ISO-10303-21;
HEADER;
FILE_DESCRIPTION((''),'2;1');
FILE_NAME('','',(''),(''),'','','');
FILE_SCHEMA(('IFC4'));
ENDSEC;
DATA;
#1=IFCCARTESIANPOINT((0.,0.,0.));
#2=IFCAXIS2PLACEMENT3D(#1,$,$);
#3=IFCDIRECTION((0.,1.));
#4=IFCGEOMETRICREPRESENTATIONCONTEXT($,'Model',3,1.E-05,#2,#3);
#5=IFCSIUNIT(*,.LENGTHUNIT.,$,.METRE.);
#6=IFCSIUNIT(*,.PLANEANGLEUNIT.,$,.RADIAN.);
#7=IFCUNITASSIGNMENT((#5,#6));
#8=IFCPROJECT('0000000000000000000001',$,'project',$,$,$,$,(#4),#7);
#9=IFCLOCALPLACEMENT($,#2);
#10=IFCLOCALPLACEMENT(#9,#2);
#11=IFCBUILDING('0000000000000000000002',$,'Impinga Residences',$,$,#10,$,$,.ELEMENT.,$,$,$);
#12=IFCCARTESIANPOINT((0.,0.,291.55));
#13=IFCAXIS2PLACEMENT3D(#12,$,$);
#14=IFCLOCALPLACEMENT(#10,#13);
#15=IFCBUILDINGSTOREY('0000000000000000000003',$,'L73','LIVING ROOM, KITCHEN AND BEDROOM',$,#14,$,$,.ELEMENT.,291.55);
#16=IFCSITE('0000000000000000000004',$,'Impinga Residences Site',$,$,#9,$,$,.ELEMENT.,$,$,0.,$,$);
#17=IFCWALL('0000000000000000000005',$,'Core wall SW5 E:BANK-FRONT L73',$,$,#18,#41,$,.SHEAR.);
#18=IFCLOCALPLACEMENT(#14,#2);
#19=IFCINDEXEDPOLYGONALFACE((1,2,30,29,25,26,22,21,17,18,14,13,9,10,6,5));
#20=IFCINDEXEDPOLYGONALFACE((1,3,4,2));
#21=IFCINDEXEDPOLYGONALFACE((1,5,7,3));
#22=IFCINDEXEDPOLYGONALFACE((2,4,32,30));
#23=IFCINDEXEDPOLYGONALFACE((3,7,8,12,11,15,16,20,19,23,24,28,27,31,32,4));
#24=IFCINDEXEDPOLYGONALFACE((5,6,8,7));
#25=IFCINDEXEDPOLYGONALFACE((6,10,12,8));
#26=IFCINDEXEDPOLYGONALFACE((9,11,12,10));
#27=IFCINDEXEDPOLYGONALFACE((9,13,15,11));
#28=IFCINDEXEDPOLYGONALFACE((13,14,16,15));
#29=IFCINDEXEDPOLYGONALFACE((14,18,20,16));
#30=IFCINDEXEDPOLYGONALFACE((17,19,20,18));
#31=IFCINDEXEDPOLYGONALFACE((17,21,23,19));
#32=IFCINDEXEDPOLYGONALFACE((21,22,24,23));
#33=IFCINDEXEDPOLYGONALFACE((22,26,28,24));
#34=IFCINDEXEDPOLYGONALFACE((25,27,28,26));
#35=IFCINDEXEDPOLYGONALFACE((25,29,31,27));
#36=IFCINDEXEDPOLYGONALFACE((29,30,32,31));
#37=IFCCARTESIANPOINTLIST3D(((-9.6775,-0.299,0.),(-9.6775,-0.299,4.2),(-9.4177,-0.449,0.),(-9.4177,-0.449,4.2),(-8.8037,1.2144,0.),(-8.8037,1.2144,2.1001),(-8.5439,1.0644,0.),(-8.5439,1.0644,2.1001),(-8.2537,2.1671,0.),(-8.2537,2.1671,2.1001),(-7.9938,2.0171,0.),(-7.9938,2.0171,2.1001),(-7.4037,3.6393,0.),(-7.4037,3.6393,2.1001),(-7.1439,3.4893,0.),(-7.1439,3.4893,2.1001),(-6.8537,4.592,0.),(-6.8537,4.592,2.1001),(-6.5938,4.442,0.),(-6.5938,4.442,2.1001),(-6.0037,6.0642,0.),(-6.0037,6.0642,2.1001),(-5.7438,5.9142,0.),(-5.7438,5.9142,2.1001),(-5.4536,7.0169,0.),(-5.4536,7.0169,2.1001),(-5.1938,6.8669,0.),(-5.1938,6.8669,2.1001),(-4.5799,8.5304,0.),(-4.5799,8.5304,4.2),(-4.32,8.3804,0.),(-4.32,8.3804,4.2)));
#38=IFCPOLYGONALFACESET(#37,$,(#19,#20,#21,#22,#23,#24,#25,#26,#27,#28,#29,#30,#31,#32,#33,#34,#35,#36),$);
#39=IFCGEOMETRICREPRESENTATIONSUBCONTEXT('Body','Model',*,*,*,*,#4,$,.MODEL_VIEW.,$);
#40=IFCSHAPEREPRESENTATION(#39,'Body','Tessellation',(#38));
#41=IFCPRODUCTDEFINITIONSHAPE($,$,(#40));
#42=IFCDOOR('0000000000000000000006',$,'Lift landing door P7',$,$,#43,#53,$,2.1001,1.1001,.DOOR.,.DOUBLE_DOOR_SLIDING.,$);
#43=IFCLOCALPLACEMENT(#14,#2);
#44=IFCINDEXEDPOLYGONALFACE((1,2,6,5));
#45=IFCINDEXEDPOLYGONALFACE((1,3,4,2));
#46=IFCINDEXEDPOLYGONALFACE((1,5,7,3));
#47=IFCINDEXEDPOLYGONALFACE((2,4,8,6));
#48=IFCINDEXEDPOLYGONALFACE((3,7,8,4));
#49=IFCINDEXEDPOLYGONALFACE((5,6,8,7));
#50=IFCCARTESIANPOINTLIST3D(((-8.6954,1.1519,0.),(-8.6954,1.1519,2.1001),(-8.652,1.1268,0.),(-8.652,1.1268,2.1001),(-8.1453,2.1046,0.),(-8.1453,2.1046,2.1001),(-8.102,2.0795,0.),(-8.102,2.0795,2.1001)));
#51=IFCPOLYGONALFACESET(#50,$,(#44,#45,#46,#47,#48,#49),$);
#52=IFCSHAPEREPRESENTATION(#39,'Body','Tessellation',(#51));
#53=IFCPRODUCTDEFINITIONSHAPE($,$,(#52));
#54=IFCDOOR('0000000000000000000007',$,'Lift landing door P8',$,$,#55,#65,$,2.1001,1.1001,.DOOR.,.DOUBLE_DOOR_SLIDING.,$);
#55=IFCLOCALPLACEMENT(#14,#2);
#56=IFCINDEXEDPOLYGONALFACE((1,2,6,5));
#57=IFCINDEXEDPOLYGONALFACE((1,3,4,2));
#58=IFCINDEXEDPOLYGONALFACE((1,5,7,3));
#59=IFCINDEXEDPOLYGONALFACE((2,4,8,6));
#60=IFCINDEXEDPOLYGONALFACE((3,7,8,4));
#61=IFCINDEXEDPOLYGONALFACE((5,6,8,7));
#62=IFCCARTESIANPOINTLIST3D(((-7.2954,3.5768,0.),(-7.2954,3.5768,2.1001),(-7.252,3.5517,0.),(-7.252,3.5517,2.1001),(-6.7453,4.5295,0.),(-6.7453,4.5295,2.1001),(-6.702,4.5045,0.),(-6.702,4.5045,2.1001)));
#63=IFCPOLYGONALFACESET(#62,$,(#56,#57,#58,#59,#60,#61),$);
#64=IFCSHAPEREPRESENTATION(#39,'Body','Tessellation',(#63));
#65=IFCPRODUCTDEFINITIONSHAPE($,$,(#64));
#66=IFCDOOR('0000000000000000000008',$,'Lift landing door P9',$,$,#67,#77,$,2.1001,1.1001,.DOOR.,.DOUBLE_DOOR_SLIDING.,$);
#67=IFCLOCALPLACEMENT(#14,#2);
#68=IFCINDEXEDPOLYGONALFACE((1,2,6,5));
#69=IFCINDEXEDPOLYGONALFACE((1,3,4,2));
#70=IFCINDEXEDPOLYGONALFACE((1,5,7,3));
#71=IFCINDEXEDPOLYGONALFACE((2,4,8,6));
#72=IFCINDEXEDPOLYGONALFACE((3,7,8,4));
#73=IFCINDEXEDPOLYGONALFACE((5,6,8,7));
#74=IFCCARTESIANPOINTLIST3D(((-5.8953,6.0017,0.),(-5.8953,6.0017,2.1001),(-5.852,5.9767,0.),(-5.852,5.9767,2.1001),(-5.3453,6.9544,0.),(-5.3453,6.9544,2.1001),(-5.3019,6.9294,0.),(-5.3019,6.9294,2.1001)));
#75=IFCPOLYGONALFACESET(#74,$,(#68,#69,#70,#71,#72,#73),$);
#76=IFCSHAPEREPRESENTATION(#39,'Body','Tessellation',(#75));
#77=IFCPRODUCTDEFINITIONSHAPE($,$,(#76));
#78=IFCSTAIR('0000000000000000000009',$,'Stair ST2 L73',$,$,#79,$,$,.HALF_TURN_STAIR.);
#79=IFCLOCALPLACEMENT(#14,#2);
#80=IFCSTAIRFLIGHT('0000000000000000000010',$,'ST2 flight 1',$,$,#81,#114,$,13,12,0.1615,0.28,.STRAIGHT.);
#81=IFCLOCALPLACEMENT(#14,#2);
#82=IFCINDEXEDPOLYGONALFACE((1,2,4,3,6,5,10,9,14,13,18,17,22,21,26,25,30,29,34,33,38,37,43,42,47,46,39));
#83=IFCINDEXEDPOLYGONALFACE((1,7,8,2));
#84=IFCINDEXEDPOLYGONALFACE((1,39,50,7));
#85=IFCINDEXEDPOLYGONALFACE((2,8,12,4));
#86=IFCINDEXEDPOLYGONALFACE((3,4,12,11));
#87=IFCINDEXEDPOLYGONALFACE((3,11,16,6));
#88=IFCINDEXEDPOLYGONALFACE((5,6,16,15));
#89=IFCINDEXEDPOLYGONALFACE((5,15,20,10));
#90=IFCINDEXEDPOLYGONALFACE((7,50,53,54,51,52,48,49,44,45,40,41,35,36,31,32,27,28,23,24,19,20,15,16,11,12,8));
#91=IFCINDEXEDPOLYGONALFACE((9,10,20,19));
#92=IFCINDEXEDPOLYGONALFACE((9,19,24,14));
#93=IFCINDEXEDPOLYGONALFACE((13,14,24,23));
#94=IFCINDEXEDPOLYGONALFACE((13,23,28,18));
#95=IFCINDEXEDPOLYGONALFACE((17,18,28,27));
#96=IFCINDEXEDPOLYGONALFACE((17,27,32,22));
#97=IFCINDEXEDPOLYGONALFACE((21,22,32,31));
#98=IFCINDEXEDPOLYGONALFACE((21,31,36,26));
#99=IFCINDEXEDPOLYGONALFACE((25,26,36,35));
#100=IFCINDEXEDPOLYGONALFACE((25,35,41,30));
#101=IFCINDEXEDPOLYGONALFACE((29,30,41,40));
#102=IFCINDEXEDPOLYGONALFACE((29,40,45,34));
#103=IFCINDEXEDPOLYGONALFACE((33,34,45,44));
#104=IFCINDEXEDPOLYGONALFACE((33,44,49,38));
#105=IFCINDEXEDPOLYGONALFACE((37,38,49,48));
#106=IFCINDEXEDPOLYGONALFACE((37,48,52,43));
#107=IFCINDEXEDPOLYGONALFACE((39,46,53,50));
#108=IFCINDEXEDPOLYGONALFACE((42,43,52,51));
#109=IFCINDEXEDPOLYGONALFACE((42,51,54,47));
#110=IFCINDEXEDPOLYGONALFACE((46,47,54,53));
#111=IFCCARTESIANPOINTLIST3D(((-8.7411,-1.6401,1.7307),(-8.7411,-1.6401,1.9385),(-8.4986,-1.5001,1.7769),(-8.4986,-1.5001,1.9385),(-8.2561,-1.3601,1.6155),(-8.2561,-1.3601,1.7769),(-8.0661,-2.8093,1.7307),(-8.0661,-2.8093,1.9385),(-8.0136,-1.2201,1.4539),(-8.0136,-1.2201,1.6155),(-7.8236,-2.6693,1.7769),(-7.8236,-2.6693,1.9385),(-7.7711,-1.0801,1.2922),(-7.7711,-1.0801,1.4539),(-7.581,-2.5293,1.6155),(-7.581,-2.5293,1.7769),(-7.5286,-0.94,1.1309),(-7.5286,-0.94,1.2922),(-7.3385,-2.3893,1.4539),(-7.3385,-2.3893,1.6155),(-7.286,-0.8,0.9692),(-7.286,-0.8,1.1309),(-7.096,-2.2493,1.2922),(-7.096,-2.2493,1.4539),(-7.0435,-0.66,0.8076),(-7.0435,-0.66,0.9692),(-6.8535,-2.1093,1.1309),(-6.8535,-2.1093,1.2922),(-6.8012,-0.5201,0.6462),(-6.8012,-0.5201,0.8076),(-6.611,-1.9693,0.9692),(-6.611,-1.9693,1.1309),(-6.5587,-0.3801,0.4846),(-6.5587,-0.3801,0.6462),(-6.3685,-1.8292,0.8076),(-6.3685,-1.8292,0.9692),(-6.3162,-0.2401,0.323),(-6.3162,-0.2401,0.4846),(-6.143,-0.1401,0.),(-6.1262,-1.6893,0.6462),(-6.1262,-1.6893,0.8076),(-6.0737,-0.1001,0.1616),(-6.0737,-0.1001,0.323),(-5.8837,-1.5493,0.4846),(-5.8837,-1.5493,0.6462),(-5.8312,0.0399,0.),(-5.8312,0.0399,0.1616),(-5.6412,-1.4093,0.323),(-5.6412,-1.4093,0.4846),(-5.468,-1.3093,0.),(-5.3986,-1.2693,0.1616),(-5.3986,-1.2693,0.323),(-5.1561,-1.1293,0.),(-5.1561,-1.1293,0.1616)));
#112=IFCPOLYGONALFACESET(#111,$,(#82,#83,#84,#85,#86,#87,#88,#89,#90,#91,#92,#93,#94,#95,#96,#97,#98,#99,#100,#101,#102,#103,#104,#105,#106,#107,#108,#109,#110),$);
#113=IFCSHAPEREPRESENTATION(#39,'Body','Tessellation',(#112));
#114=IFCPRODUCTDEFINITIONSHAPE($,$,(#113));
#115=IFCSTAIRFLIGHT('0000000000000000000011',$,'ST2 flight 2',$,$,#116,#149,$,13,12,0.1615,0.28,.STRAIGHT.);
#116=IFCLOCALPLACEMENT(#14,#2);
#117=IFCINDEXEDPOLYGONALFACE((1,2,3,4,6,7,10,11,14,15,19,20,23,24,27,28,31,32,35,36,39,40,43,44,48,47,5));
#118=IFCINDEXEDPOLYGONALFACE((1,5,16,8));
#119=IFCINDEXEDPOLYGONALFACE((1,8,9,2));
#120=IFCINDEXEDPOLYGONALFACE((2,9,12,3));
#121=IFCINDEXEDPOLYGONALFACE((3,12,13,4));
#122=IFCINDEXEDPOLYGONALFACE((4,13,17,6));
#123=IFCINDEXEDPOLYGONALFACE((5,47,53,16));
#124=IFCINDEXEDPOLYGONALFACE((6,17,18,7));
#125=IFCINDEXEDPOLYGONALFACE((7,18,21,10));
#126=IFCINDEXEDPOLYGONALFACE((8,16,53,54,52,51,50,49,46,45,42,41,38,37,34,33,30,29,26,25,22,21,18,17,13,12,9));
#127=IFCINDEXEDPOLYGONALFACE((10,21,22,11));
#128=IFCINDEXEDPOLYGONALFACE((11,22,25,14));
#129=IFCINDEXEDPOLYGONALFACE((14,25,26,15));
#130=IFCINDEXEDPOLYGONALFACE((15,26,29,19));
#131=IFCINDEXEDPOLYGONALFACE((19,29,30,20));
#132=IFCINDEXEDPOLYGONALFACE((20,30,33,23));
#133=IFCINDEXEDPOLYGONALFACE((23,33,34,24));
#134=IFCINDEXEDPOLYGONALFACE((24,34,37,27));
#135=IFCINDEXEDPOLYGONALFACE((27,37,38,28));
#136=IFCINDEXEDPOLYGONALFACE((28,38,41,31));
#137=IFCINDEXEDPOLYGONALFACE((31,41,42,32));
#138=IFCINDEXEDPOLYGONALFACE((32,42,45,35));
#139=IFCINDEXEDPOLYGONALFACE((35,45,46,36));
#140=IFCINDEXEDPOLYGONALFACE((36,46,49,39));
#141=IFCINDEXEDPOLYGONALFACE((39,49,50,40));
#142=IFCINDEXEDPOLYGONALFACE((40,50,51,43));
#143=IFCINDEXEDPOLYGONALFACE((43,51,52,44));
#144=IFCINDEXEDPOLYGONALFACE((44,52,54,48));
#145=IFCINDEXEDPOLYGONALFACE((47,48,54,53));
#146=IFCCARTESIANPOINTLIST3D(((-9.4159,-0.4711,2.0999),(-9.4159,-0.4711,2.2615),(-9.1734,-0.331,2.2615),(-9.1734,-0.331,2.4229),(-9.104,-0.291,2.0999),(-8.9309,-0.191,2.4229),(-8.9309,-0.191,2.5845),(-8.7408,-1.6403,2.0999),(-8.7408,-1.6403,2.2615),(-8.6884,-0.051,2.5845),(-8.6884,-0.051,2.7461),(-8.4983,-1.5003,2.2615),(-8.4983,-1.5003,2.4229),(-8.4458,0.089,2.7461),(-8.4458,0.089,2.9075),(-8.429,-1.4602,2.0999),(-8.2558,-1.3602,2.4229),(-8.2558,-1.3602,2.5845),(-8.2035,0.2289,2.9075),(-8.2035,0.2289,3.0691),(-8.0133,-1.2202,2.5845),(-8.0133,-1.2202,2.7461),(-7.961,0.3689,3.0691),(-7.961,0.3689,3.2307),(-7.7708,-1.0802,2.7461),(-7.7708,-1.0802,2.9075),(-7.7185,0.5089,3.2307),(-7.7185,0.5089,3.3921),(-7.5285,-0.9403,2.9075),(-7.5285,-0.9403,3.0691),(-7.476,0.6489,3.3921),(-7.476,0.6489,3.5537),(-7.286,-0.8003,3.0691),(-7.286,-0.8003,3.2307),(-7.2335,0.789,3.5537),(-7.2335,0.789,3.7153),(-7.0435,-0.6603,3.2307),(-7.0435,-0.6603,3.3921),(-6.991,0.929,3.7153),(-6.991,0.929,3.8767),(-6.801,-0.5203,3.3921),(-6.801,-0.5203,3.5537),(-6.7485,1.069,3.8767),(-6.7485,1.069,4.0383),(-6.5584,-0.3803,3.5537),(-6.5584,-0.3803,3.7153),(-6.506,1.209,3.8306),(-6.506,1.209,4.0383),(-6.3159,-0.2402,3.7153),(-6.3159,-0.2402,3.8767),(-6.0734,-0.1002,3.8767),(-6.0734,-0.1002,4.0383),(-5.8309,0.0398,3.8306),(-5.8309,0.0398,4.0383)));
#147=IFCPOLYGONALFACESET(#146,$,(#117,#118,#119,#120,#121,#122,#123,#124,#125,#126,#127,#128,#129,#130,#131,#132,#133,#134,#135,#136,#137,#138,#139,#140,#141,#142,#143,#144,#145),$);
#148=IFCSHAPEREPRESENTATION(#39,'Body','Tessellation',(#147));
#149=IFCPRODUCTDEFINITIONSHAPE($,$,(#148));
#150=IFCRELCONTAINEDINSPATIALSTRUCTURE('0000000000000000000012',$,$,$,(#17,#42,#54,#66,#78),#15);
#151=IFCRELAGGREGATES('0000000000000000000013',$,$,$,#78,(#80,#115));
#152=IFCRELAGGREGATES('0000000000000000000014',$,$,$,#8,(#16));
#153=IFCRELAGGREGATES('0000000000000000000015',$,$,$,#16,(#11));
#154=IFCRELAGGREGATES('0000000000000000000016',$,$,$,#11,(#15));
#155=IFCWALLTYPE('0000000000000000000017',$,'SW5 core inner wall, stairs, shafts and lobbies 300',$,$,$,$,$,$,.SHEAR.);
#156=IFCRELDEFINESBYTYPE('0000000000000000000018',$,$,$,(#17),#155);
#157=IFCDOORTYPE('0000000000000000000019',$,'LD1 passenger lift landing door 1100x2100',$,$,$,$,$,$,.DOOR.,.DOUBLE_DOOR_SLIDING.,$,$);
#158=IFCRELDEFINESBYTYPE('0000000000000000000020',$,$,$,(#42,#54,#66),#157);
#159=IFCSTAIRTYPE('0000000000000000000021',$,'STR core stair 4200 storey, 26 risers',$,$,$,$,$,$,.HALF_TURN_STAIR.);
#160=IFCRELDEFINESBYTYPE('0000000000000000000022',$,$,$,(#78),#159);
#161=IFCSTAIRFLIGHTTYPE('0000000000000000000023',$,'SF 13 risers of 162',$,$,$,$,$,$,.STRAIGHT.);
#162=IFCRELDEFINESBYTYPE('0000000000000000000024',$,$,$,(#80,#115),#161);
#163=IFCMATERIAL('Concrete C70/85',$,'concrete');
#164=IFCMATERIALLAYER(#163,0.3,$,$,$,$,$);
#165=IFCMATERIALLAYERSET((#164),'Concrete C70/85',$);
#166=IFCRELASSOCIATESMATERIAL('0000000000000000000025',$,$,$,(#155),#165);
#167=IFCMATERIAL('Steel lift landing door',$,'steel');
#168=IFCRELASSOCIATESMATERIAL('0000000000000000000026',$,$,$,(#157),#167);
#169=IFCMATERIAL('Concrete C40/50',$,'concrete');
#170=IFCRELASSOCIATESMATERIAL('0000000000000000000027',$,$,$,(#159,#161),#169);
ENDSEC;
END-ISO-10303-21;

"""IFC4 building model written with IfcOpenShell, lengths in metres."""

from ifc_helpers import new_model, si_unit, direction, frame, frame_2d, origin, place, context, subcontext, project, spatial, polyline, rectangle, outline, extrude, material, layer, layer_set, type_object, element, fill, aggregate, save


model = new_model("IFC4")

# Units and contexts
model_context = context("Model", 3, precision=1e-05, world=origin(), true_north=direction((0.0, 1.0)))
body_context = subcontext(model_context, "Body", "Model", "MODEL_VIEW")
ifc_project = project(units=[si_unit("LENGTHUNIT", "METRE"), si_unit("PLANEANGLEUNIT", "RADIAN")], contexts=[model_context])

# Site, building, storey
site_placement = place(None, origin())
site = spatial("IfcSite", under=ifc_project, at=site_placement, Name="Impinga Residences Site", CompositionType="ELEMENT", RefElevation=0.0)
building_placement = place(site_placement, origin())
building = spatial("IfcBuilding", under=site, at=building_placement, Name="Impinga Residences", CompositionType="ELEMENT")
storey_placement = place(building_placement, frame((0.0, 0.0, 291.55)))
storey = spatial("IfcBuildingStorey", under=building, at=storey_placement, Name="L73", Description="LIVING ROOM, KITCHEN AND BEDROOM", CompositionType="ELEMENT", Elevation=291.55)

# Wall, openings, doors
ifc_material_1 = material(Name="Concrete C70/85", Category="concrete")
ifc_layer_1 = layer(ifc_material_1, 0.3)
ifc_layer_set_1 = layer_set([ifc_layer_1], Name="Concrete C70/85")
wall_type_1 = type_object("IfcWallType", Name="SW5 core inner wall, stairs, shafts and lobbies 300", PredefinedType="SHEAR", material=ifc_layer_set_1)
wall_1_placement = place(storey_placement, frame((-9.5476, -0.374, 0.0), z_axis=(0.0, 0.0, 1.0), x_axis=(0.500002, 0.866024, 0.0)))
wall_1 = element("IfcWall", 1, at=wall_1_placement, inside=storey, type_object=wall_type_1, Name="Core wall SW5 E:BANK-FRONT L73", PredefinedType="SHEAR", context=body_context, shape_type="SweptSolid", body=[
    extrude(rectangle(XDim=10.1953, YDim=0.3, at=frame_2d((5.0977, 0.0))), origin(), (0.0, 0.0, 1.0), 4.2),
])
opening_1_placement = place(wall_1_placement, frame((1.7476, 0.0, 0.0)))
opening_1 = element("IfcOpeningElement", 2, at=opening_1_placement, cuts=wall_1, PredefinedType="OPENING", context=body_context, shape_type="SweptSolid", body=[
    extrude(rectangle(XDim=1.1001, YDim=2.1001, at=frame_2d((0.55, 1.05))), frame((0.0, 0.1599, 0.0), z_axis=(0.0, -1.0, 0.0), x_axis=(1.0, 0.0, 0.0)), (0.0, 0.0, 1.0), 0.3201),
])
opening_2_placement = place(wall_1_placement, frame((4.5476, 0.0, 0.0)))
opening_2 = element("IfcOpeningElement", 3, at=opening_2_placement, cuts=wall_1, PredefinedType="OPENING", context=body_context, shape_type="SweptSolid", body=[
    extrude(rectangle(XDim=1.1001, YDim=2.1001, at=frame_2d((0.55, 1.05))), frame((0.0, 0.1599, 0.0), z_axis=(0.0, -1.0, 0.0), x_axis=(1.0, 0.0, 0.0)), (0.0, 0.0, 1.0), 0.3201),
])
opening_3_placement = place(wall_1_placement, frame((7.3477, 0.0, 0.0)))
opening_3 = element("IfcOpeningElement", 4, at=opening_3_placement, cuts=wall_1, PredefinedType="OPENING", context=body_context, shape_type="SweptSolid", body=[
    extrude(rectangle(XDim=1.1001, YDim=2.1001, at=frame_2d((0.55, 1.05))), frame((0.0, 0.1599, 0.0), z_axis=(0.0, -1.0, 0.0), x_axis=(1.0, 0.0, 0.0)), (0.0, 0.0, 1.0), 0.3201),
])
ifc_material_2 = material(Name="Steel lift landing door", Category="steel")
door_type_1 = type_object("IfcDoorType", Name="LD1 passenger lift landing door 1100x2100", OperationType="DOUBLE_DOOR_SLIDING", PredefinedType="DOOR", material=ifc_material_2)
door_1_placement = place(opening_1_placement, origin())
door_1 = element("IfcDoor", 5, at=door_1_placement, inside=storey, type_object=door_type_1, Name="Lift landing door P7", OperationType="DOUBLE_DOOR_SLIDING", OverallHeight=2.1001, OverallWidth=1.1001, PredefinedType="DOOR", context=body_context, shape_type="SweptSolid", body=[
    extrude(rectangle(XDim=1.1001, YDim=2.1001, at=frame_2d((0.55, 1.05))), frame((0.0, 0.0249, 0.0), z_axis=(0.0, -1.0, 0.0), x_axis=(1.0, 0.0, 0.0)), (0.0, 0.0, 1.0), 0.05),
])
fill(opening_1, door_1)
door_2_placement = place(opening_2_placement, origin())
door_2 = element("IfcDoor", 6, at=door_2_placement, inside=storey, type_object=door_type_1, Name="Lift landing door P8", OperationType="DOUBLE_DOOR_SLIDING", OverallHeight=2.1001, OverallWidth=1.1001, PredefinedType="DOOR", context=body_context, shape_type="SweptSolid", body=[
    extrude(rectangle(XDim=1.1001, YDim=2.1001, at=frame_2d((0.55, 1.05))), frame((0.0, 0.0249, 0.0), z_axis=(0.0, -1.0, 0.0), x_axis=(1.0, 0.0, 0.0)), (0.0, 0.0, 1.0), 0.05),
])
fill(opening_2, door_2)
door_3_placement = place(opening_3_placement, origin())
door_3 = element("IfcDoor", 7, at=door_3_placement, inside=storey, type_object=door_type_1, Name="Lift landing door P9", OperationType="DOUBLE_DOOR_SLIDING", OverallHeight=2.1001, OverallWidth=1.1001, PredefinedType="DOOR", context=body_context, shape_type="SweptSolid", body=[
    extrude(rectangle(XDim=1.1001, YDim=2.1001, at=frame_2d((0.55, 1.05))), frame((0.0, 0.0249, 0.0), z_axis=(0.0, -1.0, 0.0), x_axis=(1.0, 0.0, 0.0)), (0.0, 0.0, 1.0), 0.05),
])
fill(opening_3, door_3)

# Stair, stair flights
ifc_material_3 = material(Name="Concrete C40/50", Category="concrete")
stair_type = type_object("IfcStairType", Name="STR core stair 4200 storey, 26 risers", PredefinedType="HALF_TURN_STAIR", material=ifc_material_3)
stair_placement = place(storey_placement, origin())
stair = element("IfcStair", 8, at=stair_placement, inside=storey, type_object=stair_type, Name="Stair ST2 L73", PredefinedType="HALF_TURN_STAIR")
stair_flight_type = type_object("IfcStairFlightType", Name="SF 13 risers of 162", PredefinedType="STRAIGHT", material=ifc_material_3)
stair_flight_1_placement = place(storey_placement, frame((-5.4937, -0.5447, 0.0), z_axis=(0.0, 0.0, 1.0), x_axis=(-0.866025, -0.5, 0.0)))
stair_flight_1 = element("IfcStairFlight", 9, at=stair_flight_1_placement, type_object=stair_flight_type, Name="ST2 flight 1", NumberOfRisers=13, NumberOfTreads=12, PredefinedType="STRAIGHT", RiserHeight=0.1615, TreadLength=0.28, context=body_context, shape_type="SweptSolid", body=[
    extrude(outline(polyline([(0.0, 0.0), (0.0, 0.1616), (0.28, 0.1616), (0.28, 0.323), (0.5601, 0.323), (0.5601, 0.4846), (0.8401, 0.4846), (0.8401, 0.6462), (1.1201, 0.6462), (1.1201, 0.8076), (1.3999, 0.8076), (1.3999, 0.9692), (1.6799, 0.9692), (1.6799, 1.1309), (1.96, 1.1309), (1.96, 1.2922), (2.24, 1.2922), (2.24, 1.4539), (2.52, 1.4539), (2.52, 1.6155), (2.8, 1.6155), (2.8, 1.7769), (3.0801, 1.7769), (3.0801, 1.9385), (3.3601, 1.9385), (3.3601, 2.1001), (3.3601, 1.7307), (0.3601, 0.0), (0.0, 0.0)])), frame((0.0, 0.675, 0.0), z_axis=(0.0, -1.0, 0.0), x_axis=(1.0, 0.0, 0.0)), (0.0, 0.0, 1.0), 1.3501),
])
stair_flight_2_placement = place(storey_placement, frame((-9.0784, -1.0557, 2.0999), z_axis=(0.0, 0.0, 1.0), x_axis=(0.866025, 0.5, 0.0)))
stair_flight_2 = element("IfcStairFlight", 10, at=stair_flight_2_placement, type_object=stair_flight_type, Name="ST2 flight 2", NumberOfRisers=13, NumberOfTreads=12, PredefinedType="STRAIGHT", RiserHeight=0.1615, TreadLength=0.28, context=body_context, shape_type="SweptSolid", body=[
    extrude(outline(polyline([(0.0, 0.0), (0.0, 0.1616), (0.28, 0.1616), (0.28, 0.323), (0.5601, 0.323), (0.5601, 0.4846), (0.8401, 0.4846), (0.8401, 0.6462), (1.1201, 0.6462), (1.1201, 0.8076), (1.3999, 0.8076), (1.3999, 0.9692), (1.6799, 0.9692), (1.6799, 1.1309), (1.96, 1.1309), (1.96, 1.2922), (2.24, 1.2922), (2.24, 1.4539), (2.52, 1.4539), (2.52, 1.6155), (2.8, 1.6155), (2.8, 1.7769), (3.0801, 1.7769), (3.0801, 1.9385), (3.3601, 1.9385), (3.3601, 2.1001), (3.3601, 1.7307), (0.3601, 0.0), (0.0, 0.0)])), frame((0.0, 0.675, 0.0), z_axis=(0.0, -1.0, 0.0), x_axis=(1.0, 0.0, 0.0)), (0.0, 0.0, 1.0), 1.3501),
])
aggregate(stair, [stair_flight_1, stair_flight_2])

save(model, "model.ifc")
